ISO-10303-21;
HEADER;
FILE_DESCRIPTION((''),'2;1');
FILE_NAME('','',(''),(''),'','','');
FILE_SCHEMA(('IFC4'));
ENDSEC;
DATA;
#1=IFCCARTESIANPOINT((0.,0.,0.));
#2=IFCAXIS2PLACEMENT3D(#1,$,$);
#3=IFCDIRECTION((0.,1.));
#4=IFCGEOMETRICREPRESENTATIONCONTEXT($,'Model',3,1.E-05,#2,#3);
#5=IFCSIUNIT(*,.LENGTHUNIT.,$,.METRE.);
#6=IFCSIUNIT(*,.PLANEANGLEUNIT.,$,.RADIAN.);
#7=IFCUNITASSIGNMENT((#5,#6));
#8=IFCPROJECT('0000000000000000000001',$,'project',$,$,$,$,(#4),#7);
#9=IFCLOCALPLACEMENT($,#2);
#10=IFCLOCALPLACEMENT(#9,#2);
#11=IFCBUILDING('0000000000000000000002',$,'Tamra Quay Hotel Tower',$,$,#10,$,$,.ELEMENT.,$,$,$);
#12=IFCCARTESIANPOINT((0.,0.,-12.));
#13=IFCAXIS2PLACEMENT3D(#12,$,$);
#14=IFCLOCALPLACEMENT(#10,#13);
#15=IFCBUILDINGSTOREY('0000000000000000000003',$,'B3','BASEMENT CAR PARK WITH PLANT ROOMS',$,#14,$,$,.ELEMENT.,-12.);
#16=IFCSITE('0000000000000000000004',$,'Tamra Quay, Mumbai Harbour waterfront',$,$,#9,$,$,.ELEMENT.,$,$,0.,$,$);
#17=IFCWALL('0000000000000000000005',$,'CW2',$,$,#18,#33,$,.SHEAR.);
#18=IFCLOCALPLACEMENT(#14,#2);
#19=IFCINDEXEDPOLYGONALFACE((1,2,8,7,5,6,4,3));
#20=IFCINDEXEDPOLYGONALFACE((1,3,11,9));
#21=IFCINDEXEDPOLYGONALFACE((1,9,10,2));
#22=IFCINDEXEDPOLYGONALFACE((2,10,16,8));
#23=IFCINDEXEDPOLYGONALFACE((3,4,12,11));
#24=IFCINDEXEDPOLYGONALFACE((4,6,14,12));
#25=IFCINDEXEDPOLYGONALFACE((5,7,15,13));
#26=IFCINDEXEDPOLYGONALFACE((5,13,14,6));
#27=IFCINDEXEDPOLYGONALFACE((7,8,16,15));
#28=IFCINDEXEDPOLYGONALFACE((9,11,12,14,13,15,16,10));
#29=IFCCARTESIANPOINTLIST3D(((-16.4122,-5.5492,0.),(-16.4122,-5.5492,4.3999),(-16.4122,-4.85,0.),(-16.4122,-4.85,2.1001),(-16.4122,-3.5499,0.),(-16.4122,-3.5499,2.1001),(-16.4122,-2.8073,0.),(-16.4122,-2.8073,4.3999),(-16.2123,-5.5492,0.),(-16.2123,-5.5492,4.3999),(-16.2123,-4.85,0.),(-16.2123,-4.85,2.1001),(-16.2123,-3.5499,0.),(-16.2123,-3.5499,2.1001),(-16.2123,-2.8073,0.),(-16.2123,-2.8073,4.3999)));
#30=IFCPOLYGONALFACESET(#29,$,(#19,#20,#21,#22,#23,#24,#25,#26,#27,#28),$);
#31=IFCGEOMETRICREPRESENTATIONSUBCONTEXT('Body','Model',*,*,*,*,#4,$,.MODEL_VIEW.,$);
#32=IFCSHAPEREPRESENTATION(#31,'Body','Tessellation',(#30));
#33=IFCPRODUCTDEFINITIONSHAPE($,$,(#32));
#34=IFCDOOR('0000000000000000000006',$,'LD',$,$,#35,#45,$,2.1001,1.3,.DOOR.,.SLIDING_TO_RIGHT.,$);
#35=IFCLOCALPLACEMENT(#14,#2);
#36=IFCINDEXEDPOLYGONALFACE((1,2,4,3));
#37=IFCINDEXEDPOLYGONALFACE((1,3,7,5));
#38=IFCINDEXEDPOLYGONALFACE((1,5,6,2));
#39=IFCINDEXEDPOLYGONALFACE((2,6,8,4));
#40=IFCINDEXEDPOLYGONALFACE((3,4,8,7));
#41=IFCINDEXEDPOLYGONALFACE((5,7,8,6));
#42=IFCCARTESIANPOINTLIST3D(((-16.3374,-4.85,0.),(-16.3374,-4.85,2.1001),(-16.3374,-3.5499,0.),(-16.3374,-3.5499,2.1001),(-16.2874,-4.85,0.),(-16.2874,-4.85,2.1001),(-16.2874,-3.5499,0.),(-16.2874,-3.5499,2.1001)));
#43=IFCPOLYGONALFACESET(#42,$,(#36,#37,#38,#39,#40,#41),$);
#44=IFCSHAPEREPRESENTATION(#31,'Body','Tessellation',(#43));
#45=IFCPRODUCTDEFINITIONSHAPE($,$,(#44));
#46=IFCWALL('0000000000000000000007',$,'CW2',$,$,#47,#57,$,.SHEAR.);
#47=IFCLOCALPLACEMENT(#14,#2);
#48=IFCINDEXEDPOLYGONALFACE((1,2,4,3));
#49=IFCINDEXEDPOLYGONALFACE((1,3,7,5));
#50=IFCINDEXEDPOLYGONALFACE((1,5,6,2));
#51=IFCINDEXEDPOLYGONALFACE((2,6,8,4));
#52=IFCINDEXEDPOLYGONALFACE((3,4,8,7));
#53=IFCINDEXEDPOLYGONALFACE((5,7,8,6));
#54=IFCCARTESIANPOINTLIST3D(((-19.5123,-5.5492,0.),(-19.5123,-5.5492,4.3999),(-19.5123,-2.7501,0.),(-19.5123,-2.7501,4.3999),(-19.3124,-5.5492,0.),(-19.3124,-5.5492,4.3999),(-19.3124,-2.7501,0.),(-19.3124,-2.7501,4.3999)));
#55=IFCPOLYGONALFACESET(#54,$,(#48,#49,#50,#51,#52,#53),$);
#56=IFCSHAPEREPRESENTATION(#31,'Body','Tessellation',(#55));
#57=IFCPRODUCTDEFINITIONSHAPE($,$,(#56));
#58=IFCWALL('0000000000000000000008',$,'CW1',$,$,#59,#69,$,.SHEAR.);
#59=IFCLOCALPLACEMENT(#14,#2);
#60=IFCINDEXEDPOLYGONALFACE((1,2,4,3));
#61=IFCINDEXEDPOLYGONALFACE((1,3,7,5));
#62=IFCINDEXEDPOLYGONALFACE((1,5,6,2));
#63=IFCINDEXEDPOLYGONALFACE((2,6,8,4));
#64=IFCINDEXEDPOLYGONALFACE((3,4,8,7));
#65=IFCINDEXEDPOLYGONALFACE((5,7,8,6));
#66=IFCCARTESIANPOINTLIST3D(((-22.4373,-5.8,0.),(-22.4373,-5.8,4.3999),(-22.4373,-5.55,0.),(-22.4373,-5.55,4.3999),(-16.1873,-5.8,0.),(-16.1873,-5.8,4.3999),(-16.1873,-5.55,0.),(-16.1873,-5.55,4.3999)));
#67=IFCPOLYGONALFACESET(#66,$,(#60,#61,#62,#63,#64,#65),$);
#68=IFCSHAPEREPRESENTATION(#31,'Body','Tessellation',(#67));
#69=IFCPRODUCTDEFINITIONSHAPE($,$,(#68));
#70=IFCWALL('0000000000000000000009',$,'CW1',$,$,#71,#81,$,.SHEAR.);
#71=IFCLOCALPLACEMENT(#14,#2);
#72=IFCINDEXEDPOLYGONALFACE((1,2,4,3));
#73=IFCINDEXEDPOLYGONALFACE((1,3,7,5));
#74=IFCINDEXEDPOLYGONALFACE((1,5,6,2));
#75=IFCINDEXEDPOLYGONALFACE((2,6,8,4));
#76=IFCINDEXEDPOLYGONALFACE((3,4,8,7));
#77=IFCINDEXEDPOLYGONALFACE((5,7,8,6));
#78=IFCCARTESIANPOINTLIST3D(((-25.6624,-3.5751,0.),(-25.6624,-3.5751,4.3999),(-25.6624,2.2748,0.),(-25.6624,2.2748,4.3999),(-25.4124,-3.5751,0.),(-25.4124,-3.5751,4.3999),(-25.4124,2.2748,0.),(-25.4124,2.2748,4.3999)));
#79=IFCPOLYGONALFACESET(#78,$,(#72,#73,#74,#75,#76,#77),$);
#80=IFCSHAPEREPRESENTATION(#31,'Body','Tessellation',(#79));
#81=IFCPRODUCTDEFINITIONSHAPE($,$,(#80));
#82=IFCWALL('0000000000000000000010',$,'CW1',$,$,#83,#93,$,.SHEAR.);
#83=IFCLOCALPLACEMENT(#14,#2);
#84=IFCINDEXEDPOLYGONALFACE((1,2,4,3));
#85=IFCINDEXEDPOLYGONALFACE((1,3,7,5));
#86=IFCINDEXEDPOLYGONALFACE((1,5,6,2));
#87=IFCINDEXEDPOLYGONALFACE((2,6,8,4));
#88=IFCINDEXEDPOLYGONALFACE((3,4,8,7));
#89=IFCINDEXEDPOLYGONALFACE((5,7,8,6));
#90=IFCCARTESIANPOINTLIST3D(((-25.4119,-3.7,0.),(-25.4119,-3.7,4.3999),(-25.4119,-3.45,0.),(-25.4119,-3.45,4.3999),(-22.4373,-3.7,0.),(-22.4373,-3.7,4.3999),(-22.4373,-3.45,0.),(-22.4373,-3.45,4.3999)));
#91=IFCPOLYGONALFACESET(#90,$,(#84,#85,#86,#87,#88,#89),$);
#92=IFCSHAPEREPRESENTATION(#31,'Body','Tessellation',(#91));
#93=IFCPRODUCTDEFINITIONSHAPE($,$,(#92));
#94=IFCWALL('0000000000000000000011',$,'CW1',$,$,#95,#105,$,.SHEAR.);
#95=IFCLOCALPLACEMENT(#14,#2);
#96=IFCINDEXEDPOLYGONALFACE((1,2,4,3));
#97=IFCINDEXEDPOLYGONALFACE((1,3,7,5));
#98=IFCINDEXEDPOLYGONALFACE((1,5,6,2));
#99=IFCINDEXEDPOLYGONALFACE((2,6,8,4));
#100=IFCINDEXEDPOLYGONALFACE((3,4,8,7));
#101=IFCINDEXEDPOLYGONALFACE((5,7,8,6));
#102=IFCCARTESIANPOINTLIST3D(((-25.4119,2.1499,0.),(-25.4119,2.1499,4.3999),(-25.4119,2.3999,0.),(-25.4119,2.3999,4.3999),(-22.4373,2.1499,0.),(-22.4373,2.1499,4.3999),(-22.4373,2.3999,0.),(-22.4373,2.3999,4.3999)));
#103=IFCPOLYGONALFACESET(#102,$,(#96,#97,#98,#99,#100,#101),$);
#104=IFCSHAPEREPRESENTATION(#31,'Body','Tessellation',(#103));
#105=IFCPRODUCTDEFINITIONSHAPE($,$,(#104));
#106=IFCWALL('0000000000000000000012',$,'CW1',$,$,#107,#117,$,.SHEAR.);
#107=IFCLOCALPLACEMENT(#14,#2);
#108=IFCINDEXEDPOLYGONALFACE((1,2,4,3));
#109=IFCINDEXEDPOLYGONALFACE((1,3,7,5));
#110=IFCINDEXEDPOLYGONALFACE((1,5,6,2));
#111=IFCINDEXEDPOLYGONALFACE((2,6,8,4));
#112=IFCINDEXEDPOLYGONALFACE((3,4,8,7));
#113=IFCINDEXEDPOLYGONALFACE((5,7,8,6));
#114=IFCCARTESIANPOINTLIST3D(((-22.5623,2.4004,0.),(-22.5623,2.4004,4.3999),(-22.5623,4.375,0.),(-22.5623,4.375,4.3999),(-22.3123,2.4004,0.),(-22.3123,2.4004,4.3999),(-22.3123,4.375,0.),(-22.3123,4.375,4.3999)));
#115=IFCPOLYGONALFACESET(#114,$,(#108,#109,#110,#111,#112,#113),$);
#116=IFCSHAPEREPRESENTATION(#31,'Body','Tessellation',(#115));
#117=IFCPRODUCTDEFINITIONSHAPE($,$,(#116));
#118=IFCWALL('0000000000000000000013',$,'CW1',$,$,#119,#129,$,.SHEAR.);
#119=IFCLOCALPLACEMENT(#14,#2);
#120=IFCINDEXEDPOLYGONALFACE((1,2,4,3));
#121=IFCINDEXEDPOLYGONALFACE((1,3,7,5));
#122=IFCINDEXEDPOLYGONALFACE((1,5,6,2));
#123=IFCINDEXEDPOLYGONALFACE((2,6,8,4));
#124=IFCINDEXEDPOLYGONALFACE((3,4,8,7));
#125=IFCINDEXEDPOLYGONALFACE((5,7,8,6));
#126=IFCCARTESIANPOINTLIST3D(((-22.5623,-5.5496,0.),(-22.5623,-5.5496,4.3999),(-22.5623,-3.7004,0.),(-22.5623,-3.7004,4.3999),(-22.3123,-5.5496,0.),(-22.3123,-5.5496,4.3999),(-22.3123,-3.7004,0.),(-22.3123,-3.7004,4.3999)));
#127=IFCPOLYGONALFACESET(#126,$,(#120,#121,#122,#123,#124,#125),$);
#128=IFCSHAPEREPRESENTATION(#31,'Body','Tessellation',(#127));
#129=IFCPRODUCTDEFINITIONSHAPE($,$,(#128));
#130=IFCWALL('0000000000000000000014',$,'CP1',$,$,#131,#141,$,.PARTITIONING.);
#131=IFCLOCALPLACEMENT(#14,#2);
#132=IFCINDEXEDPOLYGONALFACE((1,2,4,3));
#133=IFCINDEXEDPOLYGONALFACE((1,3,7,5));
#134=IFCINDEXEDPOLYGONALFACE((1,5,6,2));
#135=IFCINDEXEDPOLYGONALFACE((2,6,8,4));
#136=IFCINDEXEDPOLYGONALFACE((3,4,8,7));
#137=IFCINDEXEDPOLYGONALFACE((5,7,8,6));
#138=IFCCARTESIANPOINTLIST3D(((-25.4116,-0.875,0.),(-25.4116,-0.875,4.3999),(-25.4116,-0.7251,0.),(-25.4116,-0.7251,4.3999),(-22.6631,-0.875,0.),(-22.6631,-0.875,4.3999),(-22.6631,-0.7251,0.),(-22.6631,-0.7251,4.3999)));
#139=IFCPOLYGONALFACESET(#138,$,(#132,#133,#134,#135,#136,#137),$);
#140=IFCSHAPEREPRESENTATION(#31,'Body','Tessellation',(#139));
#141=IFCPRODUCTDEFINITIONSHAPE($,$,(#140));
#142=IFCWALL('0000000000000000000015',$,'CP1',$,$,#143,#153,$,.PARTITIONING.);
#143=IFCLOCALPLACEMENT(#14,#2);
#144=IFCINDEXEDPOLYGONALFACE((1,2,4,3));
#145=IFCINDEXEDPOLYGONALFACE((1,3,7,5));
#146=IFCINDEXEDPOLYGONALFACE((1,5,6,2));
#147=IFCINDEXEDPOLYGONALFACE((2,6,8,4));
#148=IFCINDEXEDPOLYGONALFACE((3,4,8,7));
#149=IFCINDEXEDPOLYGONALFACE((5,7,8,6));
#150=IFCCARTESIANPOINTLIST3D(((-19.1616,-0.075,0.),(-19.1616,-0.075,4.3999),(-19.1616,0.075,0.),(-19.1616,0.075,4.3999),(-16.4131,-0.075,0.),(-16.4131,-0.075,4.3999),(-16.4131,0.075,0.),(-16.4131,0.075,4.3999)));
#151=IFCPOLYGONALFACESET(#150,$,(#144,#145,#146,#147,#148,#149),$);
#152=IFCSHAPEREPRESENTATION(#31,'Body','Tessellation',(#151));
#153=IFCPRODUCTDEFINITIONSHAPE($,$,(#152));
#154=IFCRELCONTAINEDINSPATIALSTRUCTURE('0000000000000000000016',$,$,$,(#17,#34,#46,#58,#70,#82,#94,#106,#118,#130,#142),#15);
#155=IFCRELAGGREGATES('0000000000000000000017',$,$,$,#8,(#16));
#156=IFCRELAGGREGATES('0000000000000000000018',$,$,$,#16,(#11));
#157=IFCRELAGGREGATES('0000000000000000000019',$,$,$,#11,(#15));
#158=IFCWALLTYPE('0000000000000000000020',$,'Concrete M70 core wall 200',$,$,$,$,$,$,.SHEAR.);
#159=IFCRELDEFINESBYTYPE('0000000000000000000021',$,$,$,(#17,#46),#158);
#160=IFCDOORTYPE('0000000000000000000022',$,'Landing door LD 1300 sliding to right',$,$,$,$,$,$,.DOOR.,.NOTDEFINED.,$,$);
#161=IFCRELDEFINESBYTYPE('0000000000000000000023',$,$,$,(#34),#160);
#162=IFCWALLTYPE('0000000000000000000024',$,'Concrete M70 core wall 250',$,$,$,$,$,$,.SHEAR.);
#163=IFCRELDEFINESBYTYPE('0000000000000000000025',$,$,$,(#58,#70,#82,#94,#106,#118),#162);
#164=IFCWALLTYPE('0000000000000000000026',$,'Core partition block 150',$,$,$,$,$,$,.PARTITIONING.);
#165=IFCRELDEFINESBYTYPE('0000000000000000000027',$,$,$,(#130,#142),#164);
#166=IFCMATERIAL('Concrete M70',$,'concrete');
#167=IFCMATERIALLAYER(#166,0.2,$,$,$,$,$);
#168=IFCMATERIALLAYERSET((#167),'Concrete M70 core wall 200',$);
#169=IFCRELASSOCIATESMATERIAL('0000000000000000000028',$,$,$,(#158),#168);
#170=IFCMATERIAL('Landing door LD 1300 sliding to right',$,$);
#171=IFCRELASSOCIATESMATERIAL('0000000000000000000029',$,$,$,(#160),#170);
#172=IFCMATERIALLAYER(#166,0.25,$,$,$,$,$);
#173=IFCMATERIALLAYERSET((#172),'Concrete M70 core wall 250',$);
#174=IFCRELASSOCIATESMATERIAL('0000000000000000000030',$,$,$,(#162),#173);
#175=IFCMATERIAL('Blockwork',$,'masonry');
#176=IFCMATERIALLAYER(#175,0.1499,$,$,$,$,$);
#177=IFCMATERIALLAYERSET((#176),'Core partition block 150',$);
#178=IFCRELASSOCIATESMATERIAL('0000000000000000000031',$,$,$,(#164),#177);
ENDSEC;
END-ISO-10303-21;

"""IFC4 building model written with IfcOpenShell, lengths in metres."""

from ifc_helpers import new_model, si_unit, direction, frame, frame_2d, origin, place, context, subcontext, project, spatial, rectangle, extrude, material, layer, layer_set, type_object, element, fill, save


model = new_model("IFC4")

# Units and contexts
model_context = context("Model", 3, precision=1e-05, world=origin(), true_north=direction((0.0, 1.0)))
body_context = subcontext(model_context, "Body", "Model", "MODEL_VIEW")
ifc_project = project(units=[si_unit("LENGTHUNIT", "METRE"), si_unit("PLANEANGLEUNIT", "RADIAN")], contexts=[model_context])

# Site, building, storey
site_placement = place(None, origin())
site = spatial("IfcSite", under=ifc_project, at=site_placement, Name="Tamra Quay, Mumbai Harbour waterfront", CompositionType="ELEMENT", RefElevation=0.0)
building_placement = place(site_placement, origin())
building = spatial("IfcBuilding", under=site, at=building_placement, Name="Tamra Quay Hotel Tower", CompositionType="ELEMENT")
storey_placement = place(building_placement, frame((0.0, 0.0, -12.0)))
storey = spatial("IfcBuildingStorey", under=building, at=storey_placement, Name="B3", Description="BASEMENT CAR PARK WITH PLANT ROOMS", CompositionType="ELEMENT", Elevation=-12.0)

# Shared definitions
ifc_material_1 = material(Name="Concrete M70", Category="concrete")

# Shared definitions
ifc_layer_1 = layer(ifc_material_1, 0.2)
ifc_layer_set_1 = layer_set([ifc_layer_1], Name="Concrete M70 core wall 200")
wall_type_1 = type_object("IfcWallType", Name="Concrete M70 core wall 200", PredefinedType="SHEAR", material=ifc_layer_set_1)

# Wall, opening, door
wall_1_placement = place(storey_placement, frame((-16.3123, -2.8071, 0.0), z_axis=(0.0, 0.0, 1.0), x_axis=(0.0, -1.0, 0.0)))
wall_1 = element("IfcWall", 1, at=wall_1_placement, inside=storey, type_object=wall_type_1, Name="CW2", PredefinedType="SHEAR", context=body_context, shape_type="SweptSolid", body=[
    extrude(rectangle(XDim=2.7419, YDim=0.2, at=frame_2d((1.3711, 0.0))), origin(), (0.0, 0.0, 1.0), 4.3999),
])
opening_1_placement = place(wall_1_placement, frame((0.7429, 0.0, 0.0)))
opening_1 = element("IfcOpeningElement", 2, at=opening_1_placement, cuts=wall_1, PredefinedType="OPENING", context=body_context, shape_type="SweptSolid", body=[
    extrude(rectangle(XDim=1.3, YDim=2.1001, at=frame_2d((0.6499, 1.05))), frame((0.0, 0.1099, 0.0), z_axis=(0.0, -1.0, 0.0), x_axis=(1.0, 0.0, 0.0)), (0.0, 0.0, 1.0), 0.22),
])
ifc_material_2 = material(Name="Landing door LD 1300 sliding to right")
door_type_1 = type_object("IfcDoorType", Name="Landing door LD 1300 sliding to right", OperationType="NOTDEFINED", PredefinedType="DOOR", material=ifc_material_2)
door_1_placement = place(opening_1_placement, origin())
door_1 = element("IfcDoor", 3, at=door_1_placement, inside=storey, type_object=door_type_1, Name="LD", OperationType="SLIDING_TO_RIGHT", OverallHeight=2.1001, OverallWidth=1.3, PredefinedType="DOOR", context=body_context, shape_type="SweptSolid", body=[
    extrude(rectangle(XDim=1.3, YDim=2.1001, at=frame_2d((0.6499, 1.05))), frame((0.0, 0.0249, 0.0), z_axis=(0.0, -1.0, 0.0), x_axis=(1.0, 0.0, 0.0)), (0.0, 0.0, 1.0), 0.05),
])
fill(opening_1, door_1)

# Walls
wall_2_placement = place(storey_placement, frame((-19.4124, -5.5491, 0.0), z_axis=(0.0, 0.0, 1.0), x_axis=(0.0, 1.0, 0.0)))
element("IfcWall", 4, at=wall_2_placement, inside=storey, type_object=wall_type_1, Name="CW2", PredefinedType="SHEAR", context=body_context, shape_type="SweptSolid", body=[
    extrude(rectangle(XDim=2.7991, YDim=0.2, at=frame_2d((1.3994, 0.0))), origin(), (0.0, 0.0, 1.0), 4.3999),
])
ifc_layer_2 = layer(ifc_material_1, 0.25)
ifc_layer_set_2 = layer_set([ifc_layer_2], Name="Concrete M70 core wall 250")
wall_type_2 = type_object("IfcWallType", Name="Concrete M70 core wall 250", PredefinedType="SHEAR", material=ifc_layer_set_2)
wall_3_placement = place(storey_placement, frame((-16.1873, -5.675, 0.0), z_axis=(0.0, 0.0, 1.0), x_axis=(-1.0, 0.0, 0.0)))
element("IfcWall", 5, at=wall_3_placement, inside=storey, type_object=wall_type_2, Name="CW1", PredefinedType="SHEAR", context=body_context, shape_type="SweptSolid", body=[
    extrude(rectangle(XDim=6.25, YDim=0.25, at=frame_2d((3.125, 0.0))), origin(), (0.0, 0.0, 1.0), 4.3999),
])
wall_4_placement = place(storey_placement, frame((-25.5374, -3.575, 0.0), z_axis=(0.0, 0.0, 1.0), x_axis=(0.0, 1.0, 0.0)))
element("IfcWall", 6, at=wall_4_placement, inside=storey, type_object=wall_type_2, Name="CW1", PredefinedType="SHEAR", context=body_context, shape_type="SweptSolid", body=[
    extrude(rectangle(XDim=5.8499, YDim=0.25, at=frame_2d((2.9248, 0.0))), origin(), (0.0, 0.0, 1.0), 4.3999),
])
for number, where, z_axis, x_axis, name in (
    (7, (-22.4373, -3.575, 0.0), (0.0, 0.0, 1.0), (-1.0, 0.0, 0.0), "CW1"),
    (8, (-25.4119, 2.2749, 0.0), (0.0, 0.0, 1.0), (1.0, 0.0, 0.0), "CW1"),
):
    element("IfcWall", number, at=place(storey_placement, frame(where, z_axis=z_axis, x_axis=x_axis)), inside=storey, type_object=wall_type_2, Name=name, PredefinedType="SHEAR", context=body_context, shape_type="SweptSolid", body=[
        extrude(rectangle(XDim=2.9746, YDim=0.25, at=frame_2d((1.4873, 0.0))), origin(), (0.0, 0.0, 1.0), 4.3999),
    ])
wall_5_placement = place(storey_placement, frame((-22.4373, 2.4004, 0.0), z_axis=(0.0, 0.0, 1.0), x_axis=(0.0, 1.0, 0.0)))
element("IfcWall", 9, at=wall_5_placement, inside=storey, type_object=wall_type_2, Name="CW1", PredefinedType="SHEAR", context=body_context, shape_type="SweptSolid", body=[
    extrude(rectangle(XDim=1.9746, YDim=0.25, at=frame_2d((0.9873, 0.0))), origin(), (0.0, 0.0, 1.0), 4.3999),
])
wall_6_placement = place(storey_placement, frame((-22.4373, -5.5496, 0.0), z_axis=(0.0, 0.0, 1.0), x_axis=(0.0, 1.0, 0.0)))
element("IfcWall", 10, at=wall_6_placement, inside=storey, type_object=wall_type_2, Name="CW1", PredefinedType="SHEAR", context=body_context, shape_type="SweptSolid", body=[
    extrude(rectangle(XDim=1.8491, YDim=0.25, at=frame_2d((0.9246, 0.0))), origin(), (0.0, 0.0, 1.0), 4.3999),
])
ifc_material_3 = material(Name="Blockwork", Category="masonry")
ifc_layer_3 = layer(ifc_material_3, 0.1499)
ifc_layer_set_3 = layer_set([ifc_layer_3], Name="Core partition block 150")
wall_type_3 = type_object("IfcWallType", Name="Core partition block 150", PredefinedType="PARTITIONING", material=ifc_layer_set_3)
for number, where, z_axis, x_axis, name in (
    (11, (-22.6631, -0.8, 0.0), (0.0, 0.0, 1.0), (-1.0, 0.0, 0.0), "CP1"),
    (12, (-16.4131, 0.0, 0.0), (0.0, 0.0, 1.0), (-1.0, 0.0, 0.0), "CP1"),
):
    element("IfcWall", number, at=place(storey_placement, frame(where, z_axis=z_axis, x_axis=x_axis)), inside=storey, type_object=wall_type_3, Name=name, PredefinedType="PARTITIONING", context=body_context, shape_type="SweptSolid", body=[
        extrude(rectangle(XDim=2.7485, YDim=0.1499, at=frame_2d((1.3743, 0.0))), origin(), (0.0, 0.0, 1.0), 4.3999),
    ])

save(model, "model.ifc")
